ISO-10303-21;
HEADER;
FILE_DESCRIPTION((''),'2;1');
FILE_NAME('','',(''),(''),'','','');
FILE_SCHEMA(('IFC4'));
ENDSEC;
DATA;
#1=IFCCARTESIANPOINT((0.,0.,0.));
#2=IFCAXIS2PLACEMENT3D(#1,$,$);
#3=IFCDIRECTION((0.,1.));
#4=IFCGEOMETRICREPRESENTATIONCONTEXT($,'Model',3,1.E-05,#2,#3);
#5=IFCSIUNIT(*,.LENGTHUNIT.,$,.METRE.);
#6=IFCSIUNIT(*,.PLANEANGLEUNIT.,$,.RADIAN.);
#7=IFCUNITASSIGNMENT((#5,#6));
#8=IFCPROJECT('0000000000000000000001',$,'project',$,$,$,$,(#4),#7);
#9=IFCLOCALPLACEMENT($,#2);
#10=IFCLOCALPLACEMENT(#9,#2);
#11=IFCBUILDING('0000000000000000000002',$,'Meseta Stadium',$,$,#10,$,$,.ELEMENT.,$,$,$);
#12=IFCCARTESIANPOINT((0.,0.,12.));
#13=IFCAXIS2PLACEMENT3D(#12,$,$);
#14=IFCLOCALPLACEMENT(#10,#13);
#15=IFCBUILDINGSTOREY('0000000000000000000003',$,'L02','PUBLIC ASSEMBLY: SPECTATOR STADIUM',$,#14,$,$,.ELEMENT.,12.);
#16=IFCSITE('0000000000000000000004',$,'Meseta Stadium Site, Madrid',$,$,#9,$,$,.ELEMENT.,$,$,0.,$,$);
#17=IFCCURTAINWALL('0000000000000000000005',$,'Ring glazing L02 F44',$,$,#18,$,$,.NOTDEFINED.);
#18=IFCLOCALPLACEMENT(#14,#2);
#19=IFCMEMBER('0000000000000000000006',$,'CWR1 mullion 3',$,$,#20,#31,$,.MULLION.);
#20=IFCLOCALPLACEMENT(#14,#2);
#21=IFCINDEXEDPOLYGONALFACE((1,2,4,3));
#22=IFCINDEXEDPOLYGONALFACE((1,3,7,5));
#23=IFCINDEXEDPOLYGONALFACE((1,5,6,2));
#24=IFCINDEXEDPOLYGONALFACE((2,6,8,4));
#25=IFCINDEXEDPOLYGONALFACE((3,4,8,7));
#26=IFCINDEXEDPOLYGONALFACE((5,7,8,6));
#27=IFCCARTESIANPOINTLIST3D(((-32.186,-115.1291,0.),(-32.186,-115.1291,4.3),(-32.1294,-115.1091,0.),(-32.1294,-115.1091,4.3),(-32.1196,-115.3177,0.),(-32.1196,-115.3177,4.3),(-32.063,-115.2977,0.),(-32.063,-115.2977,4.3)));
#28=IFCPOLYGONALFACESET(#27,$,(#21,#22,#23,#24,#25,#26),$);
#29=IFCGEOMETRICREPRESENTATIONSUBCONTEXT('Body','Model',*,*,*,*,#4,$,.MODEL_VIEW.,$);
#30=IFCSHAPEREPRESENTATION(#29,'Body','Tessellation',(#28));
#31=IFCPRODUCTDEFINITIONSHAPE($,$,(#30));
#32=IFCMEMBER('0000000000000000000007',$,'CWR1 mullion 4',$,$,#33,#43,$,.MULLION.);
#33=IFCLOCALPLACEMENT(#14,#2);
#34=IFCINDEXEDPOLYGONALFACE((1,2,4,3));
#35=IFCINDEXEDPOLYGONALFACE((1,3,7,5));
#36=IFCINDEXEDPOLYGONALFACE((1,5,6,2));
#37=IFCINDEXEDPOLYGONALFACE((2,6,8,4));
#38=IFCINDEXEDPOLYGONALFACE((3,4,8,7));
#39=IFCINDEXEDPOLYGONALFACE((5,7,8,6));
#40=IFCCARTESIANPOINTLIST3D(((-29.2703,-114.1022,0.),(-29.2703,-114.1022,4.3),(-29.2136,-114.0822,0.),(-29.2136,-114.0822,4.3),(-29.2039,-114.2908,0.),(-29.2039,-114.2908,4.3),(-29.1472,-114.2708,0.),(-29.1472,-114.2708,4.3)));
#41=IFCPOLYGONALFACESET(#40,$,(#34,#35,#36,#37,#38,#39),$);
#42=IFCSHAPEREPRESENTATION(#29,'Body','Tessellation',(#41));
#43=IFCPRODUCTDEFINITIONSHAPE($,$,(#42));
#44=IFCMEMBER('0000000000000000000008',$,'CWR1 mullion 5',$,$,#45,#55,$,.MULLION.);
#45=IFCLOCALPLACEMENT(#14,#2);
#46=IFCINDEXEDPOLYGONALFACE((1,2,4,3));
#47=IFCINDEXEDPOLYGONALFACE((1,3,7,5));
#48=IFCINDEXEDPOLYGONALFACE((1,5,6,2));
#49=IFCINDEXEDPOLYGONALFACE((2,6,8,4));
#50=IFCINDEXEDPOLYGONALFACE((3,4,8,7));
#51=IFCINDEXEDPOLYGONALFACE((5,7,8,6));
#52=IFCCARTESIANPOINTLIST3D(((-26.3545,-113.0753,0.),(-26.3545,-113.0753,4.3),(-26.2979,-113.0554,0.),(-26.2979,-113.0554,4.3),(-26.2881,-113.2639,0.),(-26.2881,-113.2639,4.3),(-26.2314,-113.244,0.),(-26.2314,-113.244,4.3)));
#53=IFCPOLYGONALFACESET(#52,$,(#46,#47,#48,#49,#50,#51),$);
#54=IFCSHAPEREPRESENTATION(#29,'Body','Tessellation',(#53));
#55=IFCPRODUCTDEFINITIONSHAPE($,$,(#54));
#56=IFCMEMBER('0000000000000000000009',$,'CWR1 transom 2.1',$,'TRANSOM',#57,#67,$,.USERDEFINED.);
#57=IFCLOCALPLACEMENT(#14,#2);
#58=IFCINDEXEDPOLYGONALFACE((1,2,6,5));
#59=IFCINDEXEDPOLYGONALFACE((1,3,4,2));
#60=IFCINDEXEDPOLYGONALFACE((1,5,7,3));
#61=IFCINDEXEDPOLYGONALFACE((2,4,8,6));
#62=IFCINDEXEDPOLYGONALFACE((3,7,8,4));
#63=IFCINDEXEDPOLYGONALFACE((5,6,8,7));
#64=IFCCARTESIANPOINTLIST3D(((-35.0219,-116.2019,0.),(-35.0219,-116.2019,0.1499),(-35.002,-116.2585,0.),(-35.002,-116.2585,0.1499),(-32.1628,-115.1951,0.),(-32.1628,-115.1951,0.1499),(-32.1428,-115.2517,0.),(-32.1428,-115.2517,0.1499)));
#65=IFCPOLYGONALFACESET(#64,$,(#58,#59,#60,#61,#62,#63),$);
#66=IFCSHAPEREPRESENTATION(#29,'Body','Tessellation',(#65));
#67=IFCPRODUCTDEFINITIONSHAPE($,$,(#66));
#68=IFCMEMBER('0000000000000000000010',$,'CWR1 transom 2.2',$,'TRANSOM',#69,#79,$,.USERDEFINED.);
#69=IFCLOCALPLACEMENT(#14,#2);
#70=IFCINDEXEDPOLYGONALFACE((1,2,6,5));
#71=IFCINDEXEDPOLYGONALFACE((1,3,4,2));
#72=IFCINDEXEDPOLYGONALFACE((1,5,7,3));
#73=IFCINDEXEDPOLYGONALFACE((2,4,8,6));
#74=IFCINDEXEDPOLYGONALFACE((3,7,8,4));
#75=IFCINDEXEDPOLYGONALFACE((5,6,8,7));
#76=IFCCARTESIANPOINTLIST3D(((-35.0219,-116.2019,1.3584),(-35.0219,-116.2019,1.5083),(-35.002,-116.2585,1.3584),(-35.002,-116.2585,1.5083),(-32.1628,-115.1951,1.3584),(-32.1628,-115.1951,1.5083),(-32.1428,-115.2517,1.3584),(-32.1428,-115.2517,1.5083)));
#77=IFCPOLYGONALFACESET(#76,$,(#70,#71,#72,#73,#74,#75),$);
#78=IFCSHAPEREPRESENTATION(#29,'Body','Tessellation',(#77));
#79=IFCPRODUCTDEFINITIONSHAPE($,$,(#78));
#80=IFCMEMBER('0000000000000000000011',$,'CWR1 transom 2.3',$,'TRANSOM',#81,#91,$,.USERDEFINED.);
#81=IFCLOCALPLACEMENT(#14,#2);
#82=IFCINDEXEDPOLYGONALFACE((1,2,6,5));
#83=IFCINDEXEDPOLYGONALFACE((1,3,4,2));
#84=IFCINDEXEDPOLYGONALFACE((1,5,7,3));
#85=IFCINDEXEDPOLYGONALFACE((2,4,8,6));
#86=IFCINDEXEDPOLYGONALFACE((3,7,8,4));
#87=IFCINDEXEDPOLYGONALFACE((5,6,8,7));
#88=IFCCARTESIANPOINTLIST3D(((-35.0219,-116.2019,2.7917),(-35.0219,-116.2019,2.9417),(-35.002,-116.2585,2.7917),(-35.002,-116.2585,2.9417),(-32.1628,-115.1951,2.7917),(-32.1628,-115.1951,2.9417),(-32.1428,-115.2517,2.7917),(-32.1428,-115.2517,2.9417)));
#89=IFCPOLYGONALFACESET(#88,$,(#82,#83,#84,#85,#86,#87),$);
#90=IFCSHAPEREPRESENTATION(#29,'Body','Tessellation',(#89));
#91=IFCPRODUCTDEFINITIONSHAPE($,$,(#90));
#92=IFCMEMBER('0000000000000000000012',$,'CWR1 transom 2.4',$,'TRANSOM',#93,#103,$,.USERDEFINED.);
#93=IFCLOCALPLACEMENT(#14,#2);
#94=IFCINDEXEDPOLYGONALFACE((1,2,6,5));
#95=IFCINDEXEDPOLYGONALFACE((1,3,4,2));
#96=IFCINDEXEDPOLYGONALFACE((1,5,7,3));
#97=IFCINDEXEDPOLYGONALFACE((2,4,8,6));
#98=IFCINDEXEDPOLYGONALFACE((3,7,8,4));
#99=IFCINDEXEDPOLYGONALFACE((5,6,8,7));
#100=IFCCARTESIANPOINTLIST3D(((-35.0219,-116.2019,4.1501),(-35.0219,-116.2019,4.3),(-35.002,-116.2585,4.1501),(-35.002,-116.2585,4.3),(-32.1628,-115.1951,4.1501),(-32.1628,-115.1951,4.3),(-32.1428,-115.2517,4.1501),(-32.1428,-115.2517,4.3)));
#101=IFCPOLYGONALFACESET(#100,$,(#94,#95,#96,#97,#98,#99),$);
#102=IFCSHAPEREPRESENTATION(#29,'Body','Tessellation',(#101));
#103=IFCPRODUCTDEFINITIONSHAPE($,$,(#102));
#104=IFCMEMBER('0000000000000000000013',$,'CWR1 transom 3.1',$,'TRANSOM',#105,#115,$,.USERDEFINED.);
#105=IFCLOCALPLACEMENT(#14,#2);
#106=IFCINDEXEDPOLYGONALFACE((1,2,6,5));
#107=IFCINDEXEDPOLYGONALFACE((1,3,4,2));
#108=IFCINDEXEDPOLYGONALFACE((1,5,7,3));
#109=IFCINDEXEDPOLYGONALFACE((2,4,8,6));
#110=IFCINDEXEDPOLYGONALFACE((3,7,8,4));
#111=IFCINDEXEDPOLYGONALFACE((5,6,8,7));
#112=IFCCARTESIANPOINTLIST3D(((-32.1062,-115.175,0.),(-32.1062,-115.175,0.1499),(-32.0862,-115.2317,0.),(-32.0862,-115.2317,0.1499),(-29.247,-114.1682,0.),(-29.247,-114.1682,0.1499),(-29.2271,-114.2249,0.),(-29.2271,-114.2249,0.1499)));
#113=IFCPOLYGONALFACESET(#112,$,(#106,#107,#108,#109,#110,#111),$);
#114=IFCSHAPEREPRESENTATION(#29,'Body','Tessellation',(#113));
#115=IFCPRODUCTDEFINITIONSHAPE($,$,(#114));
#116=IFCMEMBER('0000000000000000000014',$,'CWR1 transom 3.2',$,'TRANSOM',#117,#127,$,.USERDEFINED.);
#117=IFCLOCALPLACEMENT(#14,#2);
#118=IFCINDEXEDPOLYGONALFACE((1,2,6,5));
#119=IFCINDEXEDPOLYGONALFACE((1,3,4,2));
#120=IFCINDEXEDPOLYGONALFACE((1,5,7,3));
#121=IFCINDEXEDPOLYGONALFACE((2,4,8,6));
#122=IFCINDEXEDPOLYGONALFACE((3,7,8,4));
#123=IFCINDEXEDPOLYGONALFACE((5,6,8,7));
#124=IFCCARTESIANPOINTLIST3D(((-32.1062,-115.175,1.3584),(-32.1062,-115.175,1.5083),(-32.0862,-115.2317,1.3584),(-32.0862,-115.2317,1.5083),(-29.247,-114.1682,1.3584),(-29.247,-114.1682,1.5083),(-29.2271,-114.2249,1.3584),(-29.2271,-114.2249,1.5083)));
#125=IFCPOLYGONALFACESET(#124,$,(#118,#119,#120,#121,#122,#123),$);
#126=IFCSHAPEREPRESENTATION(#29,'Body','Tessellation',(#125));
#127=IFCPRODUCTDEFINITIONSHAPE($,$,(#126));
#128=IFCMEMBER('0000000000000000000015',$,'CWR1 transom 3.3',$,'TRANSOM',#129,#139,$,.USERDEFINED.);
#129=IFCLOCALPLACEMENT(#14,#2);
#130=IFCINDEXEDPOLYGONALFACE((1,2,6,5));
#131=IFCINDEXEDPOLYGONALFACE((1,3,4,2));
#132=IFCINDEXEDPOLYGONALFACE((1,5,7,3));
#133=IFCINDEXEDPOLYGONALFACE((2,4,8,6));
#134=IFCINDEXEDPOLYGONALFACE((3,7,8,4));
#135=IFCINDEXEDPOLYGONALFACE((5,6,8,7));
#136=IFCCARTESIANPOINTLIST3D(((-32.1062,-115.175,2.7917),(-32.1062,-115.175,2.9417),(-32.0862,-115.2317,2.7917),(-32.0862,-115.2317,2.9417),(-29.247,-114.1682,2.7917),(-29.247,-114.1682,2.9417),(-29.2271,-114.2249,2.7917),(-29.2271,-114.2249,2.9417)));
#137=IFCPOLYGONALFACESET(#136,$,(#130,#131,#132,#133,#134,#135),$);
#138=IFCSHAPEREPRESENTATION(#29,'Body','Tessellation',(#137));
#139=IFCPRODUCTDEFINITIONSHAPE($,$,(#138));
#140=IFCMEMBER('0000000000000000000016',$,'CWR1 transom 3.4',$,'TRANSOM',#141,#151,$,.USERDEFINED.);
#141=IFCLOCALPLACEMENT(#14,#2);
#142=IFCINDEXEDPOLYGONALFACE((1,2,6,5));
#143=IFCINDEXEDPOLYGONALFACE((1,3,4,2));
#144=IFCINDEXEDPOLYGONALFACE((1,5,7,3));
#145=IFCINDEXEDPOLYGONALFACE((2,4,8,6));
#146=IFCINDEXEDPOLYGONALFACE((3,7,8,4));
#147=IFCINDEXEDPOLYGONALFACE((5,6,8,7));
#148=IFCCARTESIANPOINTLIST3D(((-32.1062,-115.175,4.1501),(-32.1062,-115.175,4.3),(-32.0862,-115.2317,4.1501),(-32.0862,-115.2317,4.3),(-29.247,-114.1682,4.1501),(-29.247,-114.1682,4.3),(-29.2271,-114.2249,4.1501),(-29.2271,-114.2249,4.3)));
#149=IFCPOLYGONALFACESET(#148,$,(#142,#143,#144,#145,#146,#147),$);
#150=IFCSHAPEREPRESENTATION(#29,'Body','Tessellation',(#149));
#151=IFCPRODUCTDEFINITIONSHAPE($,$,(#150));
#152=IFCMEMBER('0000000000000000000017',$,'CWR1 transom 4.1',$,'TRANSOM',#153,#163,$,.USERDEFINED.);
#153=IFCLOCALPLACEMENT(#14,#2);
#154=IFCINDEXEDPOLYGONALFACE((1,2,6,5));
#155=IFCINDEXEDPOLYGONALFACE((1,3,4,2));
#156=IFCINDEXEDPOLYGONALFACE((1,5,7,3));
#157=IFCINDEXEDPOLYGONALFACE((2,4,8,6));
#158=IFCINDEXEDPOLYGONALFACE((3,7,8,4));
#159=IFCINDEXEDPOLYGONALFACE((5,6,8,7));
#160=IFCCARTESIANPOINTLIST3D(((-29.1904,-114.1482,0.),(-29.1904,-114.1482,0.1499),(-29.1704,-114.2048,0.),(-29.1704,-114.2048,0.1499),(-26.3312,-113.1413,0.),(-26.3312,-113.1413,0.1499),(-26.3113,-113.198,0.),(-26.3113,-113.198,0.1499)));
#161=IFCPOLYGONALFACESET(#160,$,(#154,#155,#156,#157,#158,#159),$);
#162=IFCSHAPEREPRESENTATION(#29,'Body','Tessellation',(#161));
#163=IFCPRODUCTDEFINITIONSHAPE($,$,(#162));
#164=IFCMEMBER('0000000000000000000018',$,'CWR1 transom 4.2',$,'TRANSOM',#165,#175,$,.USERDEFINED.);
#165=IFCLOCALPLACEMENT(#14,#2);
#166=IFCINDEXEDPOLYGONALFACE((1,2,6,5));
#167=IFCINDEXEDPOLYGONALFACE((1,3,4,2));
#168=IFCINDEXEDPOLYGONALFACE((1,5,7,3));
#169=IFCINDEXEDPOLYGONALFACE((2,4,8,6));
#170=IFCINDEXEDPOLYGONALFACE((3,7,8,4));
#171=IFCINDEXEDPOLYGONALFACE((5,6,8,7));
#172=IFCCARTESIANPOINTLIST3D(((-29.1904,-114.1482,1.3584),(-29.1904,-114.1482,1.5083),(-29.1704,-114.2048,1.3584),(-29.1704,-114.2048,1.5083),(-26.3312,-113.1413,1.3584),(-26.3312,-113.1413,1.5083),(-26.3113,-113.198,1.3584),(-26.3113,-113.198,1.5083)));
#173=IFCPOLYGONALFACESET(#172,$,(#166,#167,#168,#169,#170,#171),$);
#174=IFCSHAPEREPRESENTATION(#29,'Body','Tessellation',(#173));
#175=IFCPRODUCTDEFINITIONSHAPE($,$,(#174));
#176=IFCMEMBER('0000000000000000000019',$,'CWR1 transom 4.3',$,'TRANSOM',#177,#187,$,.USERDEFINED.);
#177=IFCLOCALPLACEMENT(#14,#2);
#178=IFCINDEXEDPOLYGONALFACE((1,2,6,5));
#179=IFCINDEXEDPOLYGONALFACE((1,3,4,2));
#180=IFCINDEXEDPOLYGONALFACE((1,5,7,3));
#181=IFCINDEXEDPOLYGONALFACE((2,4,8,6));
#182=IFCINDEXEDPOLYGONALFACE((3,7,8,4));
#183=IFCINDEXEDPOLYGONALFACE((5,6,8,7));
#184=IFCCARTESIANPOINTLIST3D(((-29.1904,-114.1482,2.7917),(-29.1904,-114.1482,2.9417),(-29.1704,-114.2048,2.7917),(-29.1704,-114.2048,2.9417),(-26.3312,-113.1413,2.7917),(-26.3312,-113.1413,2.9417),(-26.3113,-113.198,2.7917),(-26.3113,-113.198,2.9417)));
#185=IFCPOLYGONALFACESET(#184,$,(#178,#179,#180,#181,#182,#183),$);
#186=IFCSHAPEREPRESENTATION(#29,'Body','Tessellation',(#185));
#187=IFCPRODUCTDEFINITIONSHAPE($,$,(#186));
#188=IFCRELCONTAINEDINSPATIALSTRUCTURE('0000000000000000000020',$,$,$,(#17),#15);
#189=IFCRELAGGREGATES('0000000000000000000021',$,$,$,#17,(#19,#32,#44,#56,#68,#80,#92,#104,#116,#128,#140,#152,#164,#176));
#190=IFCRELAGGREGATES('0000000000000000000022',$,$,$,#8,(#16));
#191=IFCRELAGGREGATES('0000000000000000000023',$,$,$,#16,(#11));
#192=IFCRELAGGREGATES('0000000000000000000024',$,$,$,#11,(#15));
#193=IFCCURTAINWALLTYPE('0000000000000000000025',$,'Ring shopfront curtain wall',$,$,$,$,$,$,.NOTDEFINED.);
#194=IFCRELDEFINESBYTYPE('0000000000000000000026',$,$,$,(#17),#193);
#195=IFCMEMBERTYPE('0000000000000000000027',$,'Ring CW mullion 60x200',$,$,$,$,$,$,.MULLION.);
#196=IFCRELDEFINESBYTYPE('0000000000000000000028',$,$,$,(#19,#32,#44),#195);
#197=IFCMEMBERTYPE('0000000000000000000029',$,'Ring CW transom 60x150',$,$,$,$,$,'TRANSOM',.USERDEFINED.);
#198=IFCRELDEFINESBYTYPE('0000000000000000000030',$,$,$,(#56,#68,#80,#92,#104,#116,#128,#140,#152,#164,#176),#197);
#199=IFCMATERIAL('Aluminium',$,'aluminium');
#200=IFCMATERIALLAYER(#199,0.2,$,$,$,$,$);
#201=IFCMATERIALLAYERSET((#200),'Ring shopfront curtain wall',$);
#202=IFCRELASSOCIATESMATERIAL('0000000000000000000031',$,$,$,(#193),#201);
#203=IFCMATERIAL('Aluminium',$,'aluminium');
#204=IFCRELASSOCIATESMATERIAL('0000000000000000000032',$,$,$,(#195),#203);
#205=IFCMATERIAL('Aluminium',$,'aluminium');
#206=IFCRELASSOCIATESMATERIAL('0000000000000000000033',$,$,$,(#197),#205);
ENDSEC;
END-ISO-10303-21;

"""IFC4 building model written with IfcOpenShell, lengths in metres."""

from ifc_helpers import new_model, si_unit, direction, frame, origin, origin_2d, place, context, subcontext, project, spatial, rectangle, extrude, material, layer, layer_set, material_profile, profile_set, type_object, element, aggregate, save


model = new_model("IFC4")

# Units and contexts
model_context = context("Model", 3, precision=1e-05, world=origin(), true_north=direction((0.0, 1.0)))
body_context = subcontext(model_context, "Body", "Model", "MODEL_VIEW")
ifc_project = project(units=[si_unit("LENGTHUNIT", "METRE"), si_unit("PLANEANGLEUNIT", "RADIAN")], contexts=[model_context])

# Site, building, storey
site_placement = place(None, origin())
site = spatial("IfcSite", under=ifc_project, at=site_placement, Name="Meseta Stadium Site, Madrid", CompositionType="ELEMENT", RefElevation=0.0)
building_placement = place(site_placement, origin())
building = spatial("IfcBuilding", under=site, at=building_placement, Name="Meseta Stadium", CompositionType="ELEMENT")
storey_placement = place(building_placement, frame((0.0, 0.0, 12.0)))
storey = spatial("IfcBuildingStorey", under=building, at=storey_placement, Name="L02", Description="PUBLIC ASSEMBLY: SPECTATOR STADIUM", CompositionType="ELEMENT", Elevation=12.0)

# Curtain wall, members
ifc_material_1 = material(Name="Aluminium", Category="aluminium")
ifc_layer_1 = layer(ifc_material_1, 0.2)
ifc_layer_set_1 = layer_set([ifc_layer_1], Name="Ring shopfront curtain wall")
curtain_wall_type = type_object("IfcCurtainWallType", Name="Ring shopfront curtain wall", PredefinedType="NOTDEFINED", material=ifc_layer_set_1)
curtain_wall_placement = place(storey_placement, origin())
curtain_wall = element("IfcCurtainWall", 1, at=curtain_wall_placement, inside=storey, type_object=curtain_wall_type, Name="Ring glazing L02 F44", PredefinedType="NOTDEFINED")
ifc_material_2 = material(Name="Aluminium", Category="aluminium")
ifc_material_profile_1 = material_profile(ifc_material_2, rectangle(XDim=0.2, YDim=0.0601, at=origin_2d()), Name="CW 200x60")
ifc_profile_set_1 = profile_set([ifc_material_profile_1], Name="Aluminium")
member_type_1 = type_object("IfcMemberType", Name="Ring CW mullion 60x200", PredefinedType="MULLION", material=ifc_profile_set_1)
member_1_placement = place(storey_placement, frame((-32.1245, -115.2134, 0.0), z_axis=(0.0, 0.0, 1.0), x_axis=(-0.332174, 0.943218, 0.0)))
member_1 = element("IfcMember", 2, at=member_1_placement, type_object=member_type_1, Name="CWR1 mullion 3", PredefinedType="MULLION", context=body_context, shape_type="SweptSolid", body=[
    extrude(rectangle(XDim=0.2, YDim=0.0601, at=origin_2d()), origin(), (0.0, 0.0, 1.0), 4.3),
])
member_2_placement = place(storey_placement, frame((-29.2087, -114.1865, 0.0), z_axis=(0.0, 0.0, 1.0), x_axis=(-0.332174, 0.943218, 0.0)))
member_2 = element("IfcMember", 3, at=member_2_placement, type_object=member_type_1, Name="CWR1 mullion 4", PredefinedType="MULLION", context=body_context, shape_type="SweptSolid", body=[
    extrude(rectangle(XDim=0.2, YDim=0.0601, at=origin_2d()), origin(), (0.0, 0.0, 1.0), 4.3),
])
member_3_placement = place(storey_placement, frame((-26.293, -113.1597, 0.0), z_axis=(0.0, 0.0, 1.0), x_axis=(-0.332174, 0.943218, 0.0)))
member_3 = element("IfcMember", 4, at=member_3_placement, type_object=member_type_1, Name="CWR1 mullion 5", PredefinedType="MULLION", context=body_context, shape_type="SweptSolid", body=[
    extrude(rectangle(XDim=0.2, YDim=0.0601, at=origin_2d()), origin(), (0.0, 0.0, 1.0), 4.3),
])
ifc_material_3 = material(Name="Aluminium", Category="aluminium")
ifc_material_profile_2 = material_profile(ifc_material_3, rectangle(XDim=0.0601, YDim=0.1499, at=origin_2d()), Name="CW 60x150")
ifc_profile_set_2 = profile_set([ifc_material_profile_2], Name="Aluminium")
member_type_2 = type_object("IfcMemberType", Name="Ring CW transom 60x150", ElementType="TRANSOM", PredefinedType="USERDEFINED", material=ifc_profile_set_2)
member_4_placement = place(storey_placement, frame((-35.012, -116.2302, 0.075), z_axis=(0.943225, 0.332154, 0.0), x_axis=(-0.332154, 0.943225, 0.0)))
member_4 = element("IfcMember", 5, at=member_4_placement, type_object=member_type_2, Name="CWR1 transom 2.1", ObjectType="TRANSOM", PredefinedType="USERDEFINED", context=body_context, shape_type="SweptSolid", body=[
    extrude(rectangle(XDim=0.0601, YDim=0.1499, at=origin_2d()), origin(), (0.0, 0.0, 1.0), 3.0312),
])
member_5_placement = place(storey_placement, frame((-35.012, -116.2302, 1.4333), z_axis=(0.943225, 0.332154, 0.0), x_axis=(-0.332154, 0.943225, 0.0)))
member_5 = element("IfcMember", 6, at=member_5_placement, type_object=member_type_2, Name="CWR1 transom 2.2", ObjectType="TRANSOM", PredefinedType="USERDEFINED", context=body_context, shape_type="SweptSolid", body=[
    extrude(rectangle(XDim=0.0601, YDim=0.1499, at=origin_2d()), origin(), (0.0, 0.0, 1.0), 3.0312),
])
member_6_placement = place(storey_placement, frame((-35.012, -116.2302, 2.8667), z_axis=(0.943225, 0.332154, 0.0), x_axis=(-0.332154, 0.943225, 0.0)))
member_6 = element("IfcMember", 7, at=member_6_placement, type_object=member_type_2, Name="CWR1 transom 2.3", ObjectType="TRANSOM", PredefinedType="USERDEFINED", context=body_context, shape_type="SweptSolid", body=[
    extrude(rectangle(XDim=0.0601, YDim=0.1499, at=origin_2d()), origin(), (0.0, 0.0, 1.0), 3.0312),
])
member_7_placement = place(storey_placement, frame((-35.012, -116.2302, 4.2251), z_axis=(0.943225, 0.332154, 0.0), x_axis=(-0.332154, 0.943225, 0.0)))
member_7 = element("IfcMember", 8, at=member_7_placement, type_object=member_type_2, Name="CWR1 transom 2.4", ObjectType="TRANSOM", PredefinedType="USERDEFINED", context=body_context, shape_type="SweptSolid", body=[
    extrude(rectangle(XDim=0.0601, YDim=0.1499, at=origin_2d()), origin(), (0.0, 0.0, 1.0), 3.0312),
])
member_8_placement = place(storey_placement, frame((-32.0962, -115.2034, 0.075), z_axis=(0.943225, 0.332154, 0.0), x_axis=(-0.332154, 0.943225, 0.0)))
member_8 = element("IfcMember", 9, at=member_8_placement, type_object=member_type_2, Name="CWR1 transom 3.1", ObjectType="TRANSOM", PredefinedType="USERDEFINED", context=body_context, shape_type="SweptSolid", body=[
    extrude(rectangle(XDim=0.0601, YDim=0.1499, at=origin_2d()), origin(), (0.0, 0.0, 1.0), 3.0312),
])
member_9_placement = place(storey_placement, frame((-32.0962, -115.2034, 1.4333), z_axis=(0.943225, 0.332154, 0.0), x_axis=(-0.332154, 0.943225, 0.0)))
member_9 = element("IfcMember", 10, at=member_9_placement, type_object=member_type_2, Name="CWR1 transom 3.2", ObjectType="TRANSOM", PredefinedType="USERDEFINED", context=body_context, shape_type="SweptSolid", body=[
    extrude(rectangle(XDim=0.0601, YDim=0.1499, at=origin_2d()), origin(), (0.0, 0.0, 1.0), 3.0312),
])
member_10_placement = place(storey_placement, frame((-32.0962, -115.2034, 2.8667), z_axis=(0.943225, 0.332154, 0.0), x_axis=(-0.332154, 0.943225, 0.0)))
member_10 = element("IfcMember", 11, at=member_10_placement, type_object=member_type_2, Name="CWR1 transom 3.3", ObjectType="TRANSOM", PredefinedType="USERDEFINED", context=body_context, shape_type="SweptSolid", body=[
    extrude(rectangle(XDim=0.0601, YDim=0.1499, at=origin_2d()), origin(), (0.0, 0.0, 1.0), 3.0312),
])
member_11_placement = place(storey_placement, frame((-32.0962, -115.2034, 4.2251), z_axis=(0.943225, 0.332154, 0.0), x_axis=(-0.332154, 0.943225, 0.0)))
member_11 = element("IfcMember", 12, at=member_11_placement, type_object=member_type_2, Name="CWR1 transom 3.4", ObjectType="TRANSOM", PredefinedType="USERDEFINED", context=body_context, shape_type="SweptSolid", body=[
    extrude(rectangle(XDim=0.0601, YDim=0.1499, at=origin_2d()), origin(), (0.0, 0.0, 1.0), 3.0312),
])
member_12_placement = place(storey_placement, frame((-29.1804, -114.1765, 0.075), z_axis=(0.943225, 0.332154, 0.0), x_axis=(-0.332154, 0.943225, 0.0)))
member_12 = element("IfcMember", 13, at=member_12_placement, type_object=member_type_2, Name="CWR1 transom 4.1", ObjectType="TRANSOM", PredefinedType="USERDEFINED", context=body_context, shape_type="SweptSolid", body=[
    extrude(rectangle(XDim=0.0601, YDim=0.1499, at=origin_2d()), origin(), (0.0, 0.0, 1.0), 3.0312),
])
member_13_placement = place(storey_placement, frame((-29.1804, -114.1765, 1.4333), z_axis=(0.943225, 0.332154, 0.0), x_axis=(-0.332154, 0.943225, 0.0)))
member_13 = element("IfcMember", 14, at=member_13_placement, type_object=member_type_2, Name="CWR1 transom 4.2", ObjectType="TRANSOM", PredefinedType="USERDEFINED", context=body_context, shape_type="SweptSolid", body=[
    extrude(rectangle(XDim=0.0601, YDim=0.1499, at=origin_2d()), origin(), (0.0, 0.0, 1.0), 3.0312),
])
member_14_placement = place(storey_placement, frame((-29.1804, -114.1765, 2.8667), z_axis=(0.943225, 0.332154, 0.0), x_axis=(-0.332154, 0.943225, 0.0)))
member_14 = element("IfcMember", 15, at=member_14_placement, type_object=member_type_2, Name="CWR1 transom 4.3", ObjectType="TRANSOM", PredefinedType="USERDEFINED", context=body_context, shape_type="SweptSolid", body=[
    extrude(rectangle(XDim=0.0601, YDim=0.1499, at=origin_2d()), origin(), (0.0, 0.0, 1.0), 3.0312),
])
aggregate(curtain_wall, [member_1, member_2, member_3, member_4, member_5, member_6, member_7, member_8, member_9, member_10, member_11, member_12, member_13, member_14])

save(model, "model.ifc")
